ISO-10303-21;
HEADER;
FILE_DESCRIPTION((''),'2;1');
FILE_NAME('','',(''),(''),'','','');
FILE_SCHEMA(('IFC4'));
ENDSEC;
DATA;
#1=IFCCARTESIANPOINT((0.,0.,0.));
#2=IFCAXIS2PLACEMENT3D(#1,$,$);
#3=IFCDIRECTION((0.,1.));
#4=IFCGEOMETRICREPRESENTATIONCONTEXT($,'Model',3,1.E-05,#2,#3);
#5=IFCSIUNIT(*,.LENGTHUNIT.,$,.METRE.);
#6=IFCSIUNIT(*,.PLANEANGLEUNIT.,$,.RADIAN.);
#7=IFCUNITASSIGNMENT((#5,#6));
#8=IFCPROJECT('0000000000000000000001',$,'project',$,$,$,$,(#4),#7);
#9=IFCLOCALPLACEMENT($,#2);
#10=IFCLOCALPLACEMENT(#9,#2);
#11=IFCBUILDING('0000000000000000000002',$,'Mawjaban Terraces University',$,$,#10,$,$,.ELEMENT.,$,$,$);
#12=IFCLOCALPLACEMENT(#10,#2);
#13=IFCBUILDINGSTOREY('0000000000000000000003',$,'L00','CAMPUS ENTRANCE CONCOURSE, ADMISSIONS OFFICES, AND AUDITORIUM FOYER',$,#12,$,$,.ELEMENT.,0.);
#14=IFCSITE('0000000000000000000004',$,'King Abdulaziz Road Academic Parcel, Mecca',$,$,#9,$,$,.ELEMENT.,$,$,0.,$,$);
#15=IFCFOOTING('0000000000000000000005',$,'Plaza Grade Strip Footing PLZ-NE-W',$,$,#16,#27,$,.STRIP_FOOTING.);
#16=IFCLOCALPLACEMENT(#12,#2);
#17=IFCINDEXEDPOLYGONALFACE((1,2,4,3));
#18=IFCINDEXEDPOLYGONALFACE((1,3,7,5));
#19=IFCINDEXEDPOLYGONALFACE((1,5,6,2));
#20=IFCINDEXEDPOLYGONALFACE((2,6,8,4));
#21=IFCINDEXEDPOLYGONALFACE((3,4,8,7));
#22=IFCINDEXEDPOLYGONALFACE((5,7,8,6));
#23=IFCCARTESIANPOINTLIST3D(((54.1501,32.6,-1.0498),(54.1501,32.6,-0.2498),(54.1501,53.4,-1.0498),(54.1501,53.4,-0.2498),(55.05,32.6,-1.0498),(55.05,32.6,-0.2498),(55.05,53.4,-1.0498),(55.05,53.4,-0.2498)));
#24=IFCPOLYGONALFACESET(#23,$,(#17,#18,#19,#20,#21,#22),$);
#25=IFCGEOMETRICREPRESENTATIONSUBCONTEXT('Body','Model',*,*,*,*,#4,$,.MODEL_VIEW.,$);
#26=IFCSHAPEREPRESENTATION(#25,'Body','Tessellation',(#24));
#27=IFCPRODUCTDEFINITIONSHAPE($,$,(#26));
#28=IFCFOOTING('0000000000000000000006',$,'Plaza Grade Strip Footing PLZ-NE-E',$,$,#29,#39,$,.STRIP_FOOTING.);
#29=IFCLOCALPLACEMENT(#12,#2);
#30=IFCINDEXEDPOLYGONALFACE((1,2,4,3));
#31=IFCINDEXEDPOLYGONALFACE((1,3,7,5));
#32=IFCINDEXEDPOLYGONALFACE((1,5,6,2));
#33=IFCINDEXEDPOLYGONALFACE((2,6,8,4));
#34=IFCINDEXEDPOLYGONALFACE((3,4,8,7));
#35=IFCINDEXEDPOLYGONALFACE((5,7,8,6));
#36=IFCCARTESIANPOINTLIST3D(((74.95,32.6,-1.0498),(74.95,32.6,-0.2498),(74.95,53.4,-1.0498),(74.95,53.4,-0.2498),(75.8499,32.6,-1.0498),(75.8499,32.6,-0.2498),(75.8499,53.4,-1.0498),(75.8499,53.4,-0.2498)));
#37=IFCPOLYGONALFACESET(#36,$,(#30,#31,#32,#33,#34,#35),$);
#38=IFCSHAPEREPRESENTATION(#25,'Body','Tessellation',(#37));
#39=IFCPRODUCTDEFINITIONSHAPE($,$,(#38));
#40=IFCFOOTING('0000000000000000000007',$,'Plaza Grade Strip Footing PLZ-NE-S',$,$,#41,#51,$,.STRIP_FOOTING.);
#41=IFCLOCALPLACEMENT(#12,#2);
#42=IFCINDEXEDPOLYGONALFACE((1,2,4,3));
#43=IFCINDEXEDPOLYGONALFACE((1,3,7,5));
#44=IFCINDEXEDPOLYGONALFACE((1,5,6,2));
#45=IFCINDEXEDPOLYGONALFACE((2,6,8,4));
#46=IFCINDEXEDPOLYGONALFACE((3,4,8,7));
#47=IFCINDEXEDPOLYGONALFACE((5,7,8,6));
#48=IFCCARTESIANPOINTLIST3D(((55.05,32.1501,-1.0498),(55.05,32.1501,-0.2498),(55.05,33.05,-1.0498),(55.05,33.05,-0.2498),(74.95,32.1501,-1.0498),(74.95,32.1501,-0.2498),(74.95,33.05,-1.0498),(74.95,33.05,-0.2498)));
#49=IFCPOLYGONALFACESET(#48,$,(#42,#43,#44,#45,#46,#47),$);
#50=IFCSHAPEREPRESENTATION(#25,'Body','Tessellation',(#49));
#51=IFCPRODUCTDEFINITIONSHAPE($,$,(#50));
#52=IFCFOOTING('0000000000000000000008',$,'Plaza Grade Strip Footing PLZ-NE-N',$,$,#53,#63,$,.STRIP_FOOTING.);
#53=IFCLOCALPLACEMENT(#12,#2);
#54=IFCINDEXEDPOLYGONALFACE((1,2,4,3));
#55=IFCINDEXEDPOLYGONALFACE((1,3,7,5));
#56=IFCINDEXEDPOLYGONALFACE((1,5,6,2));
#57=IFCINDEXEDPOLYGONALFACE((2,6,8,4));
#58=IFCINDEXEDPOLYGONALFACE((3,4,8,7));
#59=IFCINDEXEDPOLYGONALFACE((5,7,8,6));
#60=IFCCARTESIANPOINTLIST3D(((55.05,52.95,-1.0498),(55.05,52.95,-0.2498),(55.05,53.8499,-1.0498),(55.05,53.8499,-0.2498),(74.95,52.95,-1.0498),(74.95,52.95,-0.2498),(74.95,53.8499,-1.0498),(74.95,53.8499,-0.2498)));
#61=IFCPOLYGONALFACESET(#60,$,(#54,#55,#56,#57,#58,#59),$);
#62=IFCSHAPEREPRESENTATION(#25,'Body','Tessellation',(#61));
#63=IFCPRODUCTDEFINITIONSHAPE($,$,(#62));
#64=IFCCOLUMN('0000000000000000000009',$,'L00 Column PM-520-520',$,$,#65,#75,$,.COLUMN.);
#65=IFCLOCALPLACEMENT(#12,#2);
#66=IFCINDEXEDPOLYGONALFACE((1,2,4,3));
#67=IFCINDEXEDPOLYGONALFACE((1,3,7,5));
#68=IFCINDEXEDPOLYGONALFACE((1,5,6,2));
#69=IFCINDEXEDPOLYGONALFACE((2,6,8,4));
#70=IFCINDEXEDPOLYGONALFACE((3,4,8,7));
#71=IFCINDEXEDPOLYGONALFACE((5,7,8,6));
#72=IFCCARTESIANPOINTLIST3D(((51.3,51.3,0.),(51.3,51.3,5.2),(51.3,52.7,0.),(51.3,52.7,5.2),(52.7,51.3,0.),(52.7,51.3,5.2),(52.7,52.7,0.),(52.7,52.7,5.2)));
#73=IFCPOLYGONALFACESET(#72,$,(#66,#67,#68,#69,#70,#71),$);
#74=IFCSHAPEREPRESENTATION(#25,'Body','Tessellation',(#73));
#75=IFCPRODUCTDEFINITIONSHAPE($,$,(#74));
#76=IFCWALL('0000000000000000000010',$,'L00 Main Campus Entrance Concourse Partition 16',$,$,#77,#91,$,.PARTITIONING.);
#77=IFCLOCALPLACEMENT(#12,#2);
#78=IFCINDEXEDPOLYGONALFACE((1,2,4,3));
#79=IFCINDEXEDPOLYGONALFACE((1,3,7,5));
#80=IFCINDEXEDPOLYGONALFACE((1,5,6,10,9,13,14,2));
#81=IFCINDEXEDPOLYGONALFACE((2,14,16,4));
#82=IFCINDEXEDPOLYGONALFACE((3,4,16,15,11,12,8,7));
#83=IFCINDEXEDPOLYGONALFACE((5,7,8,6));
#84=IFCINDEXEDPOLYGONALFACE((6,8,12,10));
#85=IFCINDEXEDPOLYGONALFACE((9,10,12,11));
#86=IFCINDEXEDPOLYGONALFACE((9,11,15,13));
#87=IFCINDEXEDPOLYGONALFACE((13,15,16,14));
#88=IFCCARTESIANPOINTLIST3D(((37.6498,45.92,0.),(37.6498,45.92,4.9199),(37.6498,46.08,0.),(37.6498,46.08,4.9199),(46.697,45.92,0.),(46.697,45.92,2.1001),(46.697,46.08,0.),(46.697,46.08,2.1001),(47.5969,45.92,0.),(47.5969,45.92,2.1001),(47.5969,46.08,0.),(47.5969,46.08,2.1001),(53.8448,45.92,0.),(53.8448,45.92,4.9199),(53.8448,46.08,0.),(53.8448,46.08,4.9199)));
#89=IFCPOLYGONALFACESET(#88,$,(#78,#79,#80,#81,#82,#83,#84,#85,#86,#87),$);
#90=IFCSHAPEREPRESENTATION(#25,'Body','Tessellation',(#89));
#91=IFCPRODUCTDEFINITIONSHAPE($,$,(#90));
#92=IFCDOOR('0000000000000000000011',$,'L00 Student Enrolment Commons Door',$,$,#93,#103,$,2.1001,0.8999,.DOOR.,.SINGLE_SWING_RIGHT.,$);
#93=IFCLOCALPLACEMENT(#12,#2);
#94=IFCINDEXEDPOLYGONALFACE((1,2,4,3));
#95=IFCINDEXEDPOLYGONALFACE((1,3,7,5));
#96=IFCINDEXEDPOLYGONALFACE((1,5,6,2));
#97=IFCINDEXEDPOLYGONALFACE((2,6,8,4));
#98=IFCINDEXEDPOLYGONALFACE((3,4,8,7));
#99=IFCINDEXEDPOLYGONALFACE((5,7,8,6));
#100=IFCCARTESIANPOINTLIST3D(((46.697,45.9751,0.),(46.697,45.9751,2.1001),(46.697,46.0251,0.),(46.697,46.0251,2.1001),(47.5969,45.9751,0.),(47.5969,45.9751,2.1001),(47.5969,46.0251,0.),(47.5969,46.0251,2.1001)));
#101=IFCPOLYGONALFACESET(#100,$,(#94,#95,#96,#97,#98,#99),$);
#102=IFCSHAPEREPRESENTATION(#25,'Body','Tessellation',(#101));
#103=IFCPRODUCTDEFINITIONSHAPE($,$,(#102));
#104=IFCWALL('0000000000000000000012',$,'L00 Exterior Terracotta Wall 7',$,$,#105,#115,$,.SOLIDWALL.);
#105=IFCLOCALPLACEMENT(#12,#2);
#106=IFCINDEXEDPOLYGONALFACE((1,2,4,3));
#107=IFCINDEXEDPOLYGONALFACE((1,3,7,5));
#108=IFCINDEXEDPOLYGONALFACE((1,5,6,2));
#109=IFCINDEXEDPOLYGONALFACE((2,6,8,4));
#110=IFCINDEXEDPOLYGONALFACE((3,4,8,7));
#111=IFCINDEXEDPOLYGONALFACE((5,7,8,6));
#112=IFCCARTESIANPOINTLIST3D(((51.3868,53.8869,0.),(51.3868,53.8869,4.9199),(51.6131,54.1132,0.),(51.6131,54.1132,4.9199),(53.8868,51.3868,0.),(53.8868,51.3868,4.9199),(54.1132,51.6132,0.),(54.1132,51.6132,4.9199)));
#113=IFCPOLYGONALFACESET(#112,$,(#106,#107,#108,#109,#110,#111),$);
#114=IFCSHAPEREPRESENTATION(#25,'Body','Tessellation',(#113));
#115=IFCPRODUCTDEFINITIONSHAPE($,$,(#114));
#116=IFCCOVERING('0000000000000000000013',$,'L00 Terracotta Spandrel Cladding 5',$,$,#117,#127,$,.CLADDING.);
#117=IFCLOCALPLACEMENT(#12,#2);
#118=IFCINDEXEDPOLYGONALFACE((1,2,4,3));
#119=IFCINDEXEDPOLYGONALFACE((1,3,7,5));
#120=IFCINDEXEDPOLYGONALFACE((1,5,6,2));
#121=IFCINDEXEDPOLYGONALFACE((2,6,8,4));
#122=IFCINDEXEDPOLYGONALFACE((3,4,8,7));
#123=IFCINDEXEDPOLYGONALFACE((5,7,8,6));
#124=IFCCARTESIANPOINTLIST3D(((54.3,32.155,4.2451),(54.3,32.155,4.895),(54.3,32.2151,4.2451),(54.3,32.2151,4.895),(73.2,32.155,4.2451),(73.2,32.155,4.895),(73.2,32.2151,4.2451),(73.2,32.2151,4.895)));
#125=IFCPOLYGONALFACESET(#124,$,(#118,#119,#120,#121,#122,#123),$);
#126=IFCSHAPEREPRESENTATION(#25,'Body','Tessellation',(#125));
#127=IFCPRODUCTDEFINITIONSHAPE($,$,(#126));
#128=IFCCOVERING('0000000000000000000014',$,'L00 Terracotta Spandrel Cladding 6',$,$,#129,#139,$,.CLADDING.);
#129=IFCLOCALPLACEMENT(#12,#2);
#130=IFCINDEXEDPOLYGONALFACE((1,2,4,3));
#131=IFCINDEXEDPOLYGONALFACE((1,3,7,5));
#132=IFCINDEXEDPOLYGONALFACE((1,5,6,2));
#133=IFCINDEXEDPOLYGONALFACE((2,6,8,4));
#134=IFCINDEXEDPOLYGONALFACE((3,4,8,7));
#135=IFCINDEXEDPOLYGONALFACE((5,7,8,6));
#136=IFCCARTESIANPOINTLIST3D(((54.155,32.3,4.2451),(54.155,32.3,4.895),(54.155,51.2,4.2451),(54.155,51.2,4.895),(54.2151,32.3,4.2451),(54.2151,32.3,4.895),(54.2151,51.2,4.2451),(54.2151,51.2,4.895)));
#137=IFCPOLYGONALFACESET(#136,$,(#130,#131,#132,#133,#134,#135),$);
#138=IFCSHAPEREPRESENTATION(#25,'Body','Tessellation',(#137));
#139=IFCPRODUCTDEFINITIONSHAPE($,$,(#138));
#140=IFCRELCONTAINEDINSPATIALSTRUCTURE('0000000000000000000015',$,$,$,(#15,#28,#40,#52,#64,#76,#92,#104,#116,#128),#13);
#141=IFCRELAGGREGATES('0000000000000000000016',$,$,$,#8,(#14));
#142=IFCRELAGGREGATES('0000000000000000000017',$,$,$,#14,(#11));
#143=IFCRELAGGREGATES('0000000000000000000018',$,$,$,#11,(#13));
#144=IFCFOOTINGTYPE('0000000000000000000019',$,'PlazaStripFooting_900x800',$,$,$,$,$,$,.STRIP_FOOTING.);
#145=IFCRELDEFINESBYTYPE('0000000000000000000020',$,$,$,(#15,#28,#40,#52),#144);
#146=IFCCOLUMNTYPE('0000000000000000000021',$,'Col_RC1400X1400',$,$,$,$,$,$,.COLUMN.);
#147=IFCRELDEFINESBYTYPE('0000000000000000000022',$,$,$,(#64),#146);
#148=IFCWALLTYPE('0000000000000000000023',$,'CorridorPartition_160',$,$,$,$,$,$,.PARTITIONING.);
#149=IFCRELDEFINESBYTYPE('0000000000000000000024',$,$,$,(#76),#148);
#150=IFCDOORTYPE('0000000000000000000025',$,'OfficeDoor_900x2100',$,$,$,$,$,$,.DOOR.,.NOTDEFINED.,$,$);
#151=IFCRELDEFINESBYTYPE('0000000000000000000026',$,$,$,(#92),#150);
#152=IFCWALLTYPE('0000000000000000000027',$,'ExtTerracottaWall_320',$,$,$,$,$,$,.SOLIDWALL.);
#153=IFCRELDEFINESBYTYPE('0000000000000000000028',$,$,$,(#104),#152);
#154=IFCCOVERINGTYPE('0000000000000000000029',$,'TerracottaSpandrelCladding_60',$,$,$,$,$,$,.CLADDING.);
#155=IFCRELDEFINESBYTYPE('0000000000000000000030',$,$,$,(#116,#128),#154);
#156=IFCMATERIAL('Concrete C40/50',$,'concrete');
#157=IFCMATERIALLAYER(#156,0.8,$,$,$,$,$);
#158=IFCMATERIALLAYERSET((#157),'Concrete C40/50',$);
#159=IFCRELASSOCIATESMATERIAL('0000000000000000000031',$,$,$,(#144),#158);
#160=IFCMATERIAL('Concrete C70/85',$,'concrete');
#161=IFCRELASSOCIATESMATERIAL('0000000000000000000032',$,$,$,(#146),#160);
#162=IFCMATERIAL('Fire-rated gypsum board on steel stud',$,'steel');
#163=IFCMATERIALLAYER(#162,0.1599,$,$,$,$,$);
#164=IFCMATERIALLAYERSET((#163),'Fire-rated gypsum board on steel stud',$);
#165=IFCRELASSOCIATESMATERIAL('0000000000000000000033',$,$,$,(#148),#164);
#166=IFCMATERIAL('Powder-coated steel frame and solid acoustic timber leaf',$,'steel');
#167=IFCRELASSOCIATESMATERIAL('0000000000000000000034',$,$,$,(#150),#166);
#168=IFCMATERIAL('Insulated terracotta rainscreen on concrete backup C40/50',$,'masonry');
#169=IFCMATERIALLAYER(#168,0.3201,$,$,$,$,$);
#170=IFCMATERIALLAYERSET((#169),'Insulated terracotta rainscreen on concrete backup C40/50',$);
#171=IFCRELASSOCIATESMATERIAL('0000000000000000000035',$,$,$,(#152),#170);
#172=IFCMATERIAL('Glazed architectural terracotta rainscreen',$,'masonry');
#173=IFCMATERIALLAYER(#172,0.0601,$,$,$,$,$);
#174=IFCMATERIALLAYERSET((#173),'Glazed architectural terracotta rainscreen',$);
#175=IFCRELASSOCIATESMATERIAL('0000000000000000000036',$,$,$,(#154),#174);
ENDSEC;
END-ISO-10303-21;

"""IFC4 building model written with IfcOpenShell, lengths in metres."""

from ifc_helpers import new_model, si_unit, direction, frame, frame_2d, origin, origin_2d, place, context, subcontext, project, spatial, rectangle, extrude, material, layer, layer_set, material_profile, profile_set, type_object, element, fill, save


model = new_model("IFC4")

# Units and contexts
model_context = context("Model", 3, precision=1e-05, world=origin(), true_north=direction((0.0, 1.0)))
body_context = subcontext(model_context, "Body", "Model", "MODEL_VIEW")
ifc_project = project(units=[si_unit("LENGTHUNIT", "METRE"), si_unit("PLANEANGLEUNIT", "RADIAN")], contexts=[model_context])

# Site, building, storey
site_placement = place(None, origin())
site = spatial("IfcSite", under=ifc_project, at=site_placement, Name="King Abdulaziz Road Academic Parcel, Mecca", CompositionType="ELEMENT", RefElevation=0.0)
building_placement = place(site_placement, origin())
building = spatial("IfcBuilding", under=site, at=building_placement, Name="Mawjaban Terraces University", CompositionType="ELEMENT")
storey_placement = place(building_placement, origin())
storey = spatial("IfcBuildingStorey", under=building, at=storey_placement, Name="L00", Description="CAMPUS ENTRANCE CONCOURSE, ADMISSIONS OFFICES, AND AUDITORIUM FOYER", CompositionType="ELEMENT", Elevation=0.0)

# Footings
ifc_material_1 = material(Name="Concrete C40/50", Category="concrete")
ifc_layer_1 = layer(ifc_material_1, 0.8)
ifc_layer_set_1 = layer_set([ifc_layer_1], Name="Concrete C40/50")
footing_type = type_object("IfcFootingType", Name="PlazaStripFooting_900x800", PredefinedType="STRIP_FOOTING", material=ifc_layer_set_1)
for number, where, z_axis, x_axis, name in (
    (1, (54.6001, 43.0, -1.0498), (0.0, 0.0, 1.0), (1.0, 0.0, 0.0), "Plaza Grade Strip Footing PLZ-NE-W"),
    (2, (75.3999, 43.0, -1.0498), (0.0, 0.0, 1.0), (1.0, 0.0, 0.0), "Plaza Grade Strip Footing PLZ-NE-E"),
):
    element("IfcFooting", number, at=place(storey_placement, frame(where, z_axis=z_axis, x_axis=x_axis)), inside=storey, type_object=footing_type, Name=name, PredefinedType="STRIP_FOOTING", context=body_context, shape_type="SweptSolid", body=[
        extrude(rectangle(XDim=0.8999, YDim=20.8, at=origin_2d()), origin(), (0.0, 0.0, 1.0), 0.8),
    ])
for number, where, z_axis, x_axis, name in (
    (3, (65.0, 32.6001, -1.0498), (0.0, 0.0, 1.0), (1.0, 0.0, 0.0), "Plaza Grade Strip Footing PLZ-NE-S"),
    (4, (65.0, 53.3999, -1.0498), (0.0, 0.0, 1.0), (1.0, 0.0, 0.0), "Plaza Grade Strip Footing PLZ-NE-N"),
):
    element("IfcFooting", number, at=place(storey_placement, frame(where, z_axis=z_axis, x_axis=x_axis)), inside=storey, type_object=footing_type, Name=name, PredefinedType="STRIP_FOOTING", context=body_context, shape_type="SweptSolid", body=[
        extrude(rectangle(XDim=19.8999, YDim=0.8999, at=origin_2d()), origin(), (0.0, 0.0, 1.0), 0.8),
    ])

# Column
ifc_material_2 = material(Name="Concrete C70/85", Category="concrete")
ifc_material_profile = material_profile(ifc_material_2, rectangle(XDim=1.3999, YDim=1.3999, at=origin_2d()), Name="RC1400X1400")
ifc_profile_set = profile_set([ifc_material_profile], Name="Concrete C70/85")
column_type = type_object("IfcColumnType", Name="Col_RC1400X1400", PredefinedType="COLUMN", material=ifc_profile_set)
column_placement = place(storey_placement, frame((52.0, 52.0, 0.0), z_axis=(0.0, 0.0, 1.0), x_axis=(1.0, 0.0, 0.0)))
element("IfcColumn", 5, at=column_placement, inside=storey, type_object=column_type, Name="L00 Column PM-520-520", PredefinedType="COLUMN", context=body_context, shape_type="SweptSolid", body=[
    extrude(rectangle(XDim=1.3999, YDim=1.3999, at=origin_2d()), origin(), (0.0, 0.0, 1.0), 5.2),
])

# Wall, opening, door
ifc_material_3 = material(Name="Fire-rated gypsum board on steel stud", Category="steel")
ifc_layer_2 = layer(ifc_material_3, 0.1599)
ifc_layer_set_2 = layer_set([ifc_layer_2], Name="Fire-rated gypsum board on steel stud")
wall_type_1 = type_object("IfcWallType", Name="CorridorPartition_160", PredefinedType="PARTITIONING", material=ifc_layer_set_2)
wall_1_placement = place(storey_placement, frame((53.845, 46.0, 0.0), z_axis=(0.0, 0.0, 1.0), x_axis=(-1.0, 0.0, 0.0)))
wall_1 = element("IfcWall", 6, at=wall_1_placement, inside=storey, type_object=wall_type_1, Name="L00 Main Campus Entrance Concourse Partition 16", PredefinedType="PARTITIONING", context=body_context, shape_type="SweptSolid", body=[
    extrude(rectangle(XDim=16.1951, YDim=0.1599, at=frame_2d((8.0977, 0.0))), origin(), (0.0, 0.0, 1.0), 4.9199),
])
opening_1_placement = place(wall_1_placement, frame((6.248, 0.0, 0.0)))
opening_1 = element("IfcOpeningElement", 7, at=opening_1_placement, cuts=wall_1, PredefinedType="OPENING", context=body_context, shape_type="SweptSolid", body=[
    extrude(rectangle(XDim=0.8999, YDim=2.1001, at=frame_2d((0.45, 1.05))), frame((0.0, 0.0898, 0.0), z_axis=(0.0, -1.0, 0.0), x_axis=(1.0, 0.0, 0.0)), (0.0, 0.0, 1.0), 0.1799),
])
ifc_material_4 = material(Name="Powder-coated steel frame and solid acoustic timber leaf", Category="steel")
door_type_1 = type_object("IfcDoorType", Name="OfficeDoor_900x2100", OperationType="NOTDEFINED", PredefinedType="DOOR", material=ifc_material_4)
door_1_placement = place(opening_1_placement, origin())
door_1 = element("IfcDoor", 8, at=door_1_placement, inside=storey, type_object=door_type_1, Name="L00 Student Enrolment Commons Door", OperationType="SINGLE_SWING_RIGHT", OverallHeight=2.1001, OverallWidth=0.8999, PredefinedType="DOOR", context=body_context, shape_type="SweptSolid", body=[
    extrude(rectangle(XDim=0.8999, YDim=2.1001, at=frame_2d((0.45, 1.05))), frame((0.0, 0.0249, 0.0), z_axis=(0.0, -1.0, 0.0), x_axis=(1.0, 0.0, 0.0)), (0.0, 0.0, 1.0), 0.05),
])
fill(opening_1, door_1)

# Shared definitions
ifc_material_5 = material(Name="Insulated terracotta rainscreen on concrete backup C40/50", Category="masonry")
ifc_layer_3 = layer(ifc_material_5, 0.3201)
ifc_layer_set_3 = layer_set([ifc_layer_3], Name="Insulated terracotta rainscreen on concrete backup C40/50")
wall_type_2 = type_object("IfcWallType", Name="ExtTerracottaWall_320", PredefinedType="SOLIDWALL", material=ifc_layer_set_3)

# Wall
wall_2_placement = place(storey_placement, frame((54.0, 51.5, 0.0), z_axis=(0.0, 0.0, 1.0), x_axis=(-0.707107, 0.707107, 0.0)))
element("IfcWall", 9, at=wall_2_placement, inside=storey, type_object=wall_type_2, Name="L00 Exterior Terracotta Wall 7", PredefinedType="SOLIDWALL", context=body_context, shape_type="SweptSolid", body=[
    extrude(rectangle(XDim=3.5356, YDim=0.3201, at=frame_2d((1.7678, 0.0))), origin(), (0.0, 0.0, 1.0), 4.9199),
])

# Coverings
ifc_material_6 = material(Name="Glazed architectural terracotta rainscreen", Category="masonry")
ifc_layer_4 = layer(ifc_material_6, 0.0601)
ifc_layer_set_4 = layer_set([ifc_layer_4], Name="Glazed architectural terracotta rainscreen")
covering_type = type_object("IfcCoveringType", Name="TerracottaSpandrelCladding_60", PredefinedType="CLADDING", material=ifc_layer_set_4)
for number, where, z_axis, x_axis, name in (
    (10, (63.75, 32.1851, 4.2451), (0.0, 0.0, 1.0), (-1.0, 0.0, 0.0), "L00 Terracotta Spandrel Cladding 5"),
    (11, (54.1851, 41.75, 4.2451), (0.0, 0.0, 1.0), (0.0, 1.0, 0.0), "L00 Terracotta Spandrel Cladding 6"),
):
    element("IfcCovering", number, at=place(storey_placement, frame(where, z_axis=z_axis, x_axis=x_axis)), inside=storey, type_object=covering_type, Name=name, PredefinedType="CLADDING", context=body_context, shape_type="SweptSolid", body=[
        extrude(rectangle(XDim=18.8999, YDim=0.0601, at=origin_2d()), origin(), (0.0, 0.0, 1.0), 0.6499),
    ])

save(model, "model.ifc")
